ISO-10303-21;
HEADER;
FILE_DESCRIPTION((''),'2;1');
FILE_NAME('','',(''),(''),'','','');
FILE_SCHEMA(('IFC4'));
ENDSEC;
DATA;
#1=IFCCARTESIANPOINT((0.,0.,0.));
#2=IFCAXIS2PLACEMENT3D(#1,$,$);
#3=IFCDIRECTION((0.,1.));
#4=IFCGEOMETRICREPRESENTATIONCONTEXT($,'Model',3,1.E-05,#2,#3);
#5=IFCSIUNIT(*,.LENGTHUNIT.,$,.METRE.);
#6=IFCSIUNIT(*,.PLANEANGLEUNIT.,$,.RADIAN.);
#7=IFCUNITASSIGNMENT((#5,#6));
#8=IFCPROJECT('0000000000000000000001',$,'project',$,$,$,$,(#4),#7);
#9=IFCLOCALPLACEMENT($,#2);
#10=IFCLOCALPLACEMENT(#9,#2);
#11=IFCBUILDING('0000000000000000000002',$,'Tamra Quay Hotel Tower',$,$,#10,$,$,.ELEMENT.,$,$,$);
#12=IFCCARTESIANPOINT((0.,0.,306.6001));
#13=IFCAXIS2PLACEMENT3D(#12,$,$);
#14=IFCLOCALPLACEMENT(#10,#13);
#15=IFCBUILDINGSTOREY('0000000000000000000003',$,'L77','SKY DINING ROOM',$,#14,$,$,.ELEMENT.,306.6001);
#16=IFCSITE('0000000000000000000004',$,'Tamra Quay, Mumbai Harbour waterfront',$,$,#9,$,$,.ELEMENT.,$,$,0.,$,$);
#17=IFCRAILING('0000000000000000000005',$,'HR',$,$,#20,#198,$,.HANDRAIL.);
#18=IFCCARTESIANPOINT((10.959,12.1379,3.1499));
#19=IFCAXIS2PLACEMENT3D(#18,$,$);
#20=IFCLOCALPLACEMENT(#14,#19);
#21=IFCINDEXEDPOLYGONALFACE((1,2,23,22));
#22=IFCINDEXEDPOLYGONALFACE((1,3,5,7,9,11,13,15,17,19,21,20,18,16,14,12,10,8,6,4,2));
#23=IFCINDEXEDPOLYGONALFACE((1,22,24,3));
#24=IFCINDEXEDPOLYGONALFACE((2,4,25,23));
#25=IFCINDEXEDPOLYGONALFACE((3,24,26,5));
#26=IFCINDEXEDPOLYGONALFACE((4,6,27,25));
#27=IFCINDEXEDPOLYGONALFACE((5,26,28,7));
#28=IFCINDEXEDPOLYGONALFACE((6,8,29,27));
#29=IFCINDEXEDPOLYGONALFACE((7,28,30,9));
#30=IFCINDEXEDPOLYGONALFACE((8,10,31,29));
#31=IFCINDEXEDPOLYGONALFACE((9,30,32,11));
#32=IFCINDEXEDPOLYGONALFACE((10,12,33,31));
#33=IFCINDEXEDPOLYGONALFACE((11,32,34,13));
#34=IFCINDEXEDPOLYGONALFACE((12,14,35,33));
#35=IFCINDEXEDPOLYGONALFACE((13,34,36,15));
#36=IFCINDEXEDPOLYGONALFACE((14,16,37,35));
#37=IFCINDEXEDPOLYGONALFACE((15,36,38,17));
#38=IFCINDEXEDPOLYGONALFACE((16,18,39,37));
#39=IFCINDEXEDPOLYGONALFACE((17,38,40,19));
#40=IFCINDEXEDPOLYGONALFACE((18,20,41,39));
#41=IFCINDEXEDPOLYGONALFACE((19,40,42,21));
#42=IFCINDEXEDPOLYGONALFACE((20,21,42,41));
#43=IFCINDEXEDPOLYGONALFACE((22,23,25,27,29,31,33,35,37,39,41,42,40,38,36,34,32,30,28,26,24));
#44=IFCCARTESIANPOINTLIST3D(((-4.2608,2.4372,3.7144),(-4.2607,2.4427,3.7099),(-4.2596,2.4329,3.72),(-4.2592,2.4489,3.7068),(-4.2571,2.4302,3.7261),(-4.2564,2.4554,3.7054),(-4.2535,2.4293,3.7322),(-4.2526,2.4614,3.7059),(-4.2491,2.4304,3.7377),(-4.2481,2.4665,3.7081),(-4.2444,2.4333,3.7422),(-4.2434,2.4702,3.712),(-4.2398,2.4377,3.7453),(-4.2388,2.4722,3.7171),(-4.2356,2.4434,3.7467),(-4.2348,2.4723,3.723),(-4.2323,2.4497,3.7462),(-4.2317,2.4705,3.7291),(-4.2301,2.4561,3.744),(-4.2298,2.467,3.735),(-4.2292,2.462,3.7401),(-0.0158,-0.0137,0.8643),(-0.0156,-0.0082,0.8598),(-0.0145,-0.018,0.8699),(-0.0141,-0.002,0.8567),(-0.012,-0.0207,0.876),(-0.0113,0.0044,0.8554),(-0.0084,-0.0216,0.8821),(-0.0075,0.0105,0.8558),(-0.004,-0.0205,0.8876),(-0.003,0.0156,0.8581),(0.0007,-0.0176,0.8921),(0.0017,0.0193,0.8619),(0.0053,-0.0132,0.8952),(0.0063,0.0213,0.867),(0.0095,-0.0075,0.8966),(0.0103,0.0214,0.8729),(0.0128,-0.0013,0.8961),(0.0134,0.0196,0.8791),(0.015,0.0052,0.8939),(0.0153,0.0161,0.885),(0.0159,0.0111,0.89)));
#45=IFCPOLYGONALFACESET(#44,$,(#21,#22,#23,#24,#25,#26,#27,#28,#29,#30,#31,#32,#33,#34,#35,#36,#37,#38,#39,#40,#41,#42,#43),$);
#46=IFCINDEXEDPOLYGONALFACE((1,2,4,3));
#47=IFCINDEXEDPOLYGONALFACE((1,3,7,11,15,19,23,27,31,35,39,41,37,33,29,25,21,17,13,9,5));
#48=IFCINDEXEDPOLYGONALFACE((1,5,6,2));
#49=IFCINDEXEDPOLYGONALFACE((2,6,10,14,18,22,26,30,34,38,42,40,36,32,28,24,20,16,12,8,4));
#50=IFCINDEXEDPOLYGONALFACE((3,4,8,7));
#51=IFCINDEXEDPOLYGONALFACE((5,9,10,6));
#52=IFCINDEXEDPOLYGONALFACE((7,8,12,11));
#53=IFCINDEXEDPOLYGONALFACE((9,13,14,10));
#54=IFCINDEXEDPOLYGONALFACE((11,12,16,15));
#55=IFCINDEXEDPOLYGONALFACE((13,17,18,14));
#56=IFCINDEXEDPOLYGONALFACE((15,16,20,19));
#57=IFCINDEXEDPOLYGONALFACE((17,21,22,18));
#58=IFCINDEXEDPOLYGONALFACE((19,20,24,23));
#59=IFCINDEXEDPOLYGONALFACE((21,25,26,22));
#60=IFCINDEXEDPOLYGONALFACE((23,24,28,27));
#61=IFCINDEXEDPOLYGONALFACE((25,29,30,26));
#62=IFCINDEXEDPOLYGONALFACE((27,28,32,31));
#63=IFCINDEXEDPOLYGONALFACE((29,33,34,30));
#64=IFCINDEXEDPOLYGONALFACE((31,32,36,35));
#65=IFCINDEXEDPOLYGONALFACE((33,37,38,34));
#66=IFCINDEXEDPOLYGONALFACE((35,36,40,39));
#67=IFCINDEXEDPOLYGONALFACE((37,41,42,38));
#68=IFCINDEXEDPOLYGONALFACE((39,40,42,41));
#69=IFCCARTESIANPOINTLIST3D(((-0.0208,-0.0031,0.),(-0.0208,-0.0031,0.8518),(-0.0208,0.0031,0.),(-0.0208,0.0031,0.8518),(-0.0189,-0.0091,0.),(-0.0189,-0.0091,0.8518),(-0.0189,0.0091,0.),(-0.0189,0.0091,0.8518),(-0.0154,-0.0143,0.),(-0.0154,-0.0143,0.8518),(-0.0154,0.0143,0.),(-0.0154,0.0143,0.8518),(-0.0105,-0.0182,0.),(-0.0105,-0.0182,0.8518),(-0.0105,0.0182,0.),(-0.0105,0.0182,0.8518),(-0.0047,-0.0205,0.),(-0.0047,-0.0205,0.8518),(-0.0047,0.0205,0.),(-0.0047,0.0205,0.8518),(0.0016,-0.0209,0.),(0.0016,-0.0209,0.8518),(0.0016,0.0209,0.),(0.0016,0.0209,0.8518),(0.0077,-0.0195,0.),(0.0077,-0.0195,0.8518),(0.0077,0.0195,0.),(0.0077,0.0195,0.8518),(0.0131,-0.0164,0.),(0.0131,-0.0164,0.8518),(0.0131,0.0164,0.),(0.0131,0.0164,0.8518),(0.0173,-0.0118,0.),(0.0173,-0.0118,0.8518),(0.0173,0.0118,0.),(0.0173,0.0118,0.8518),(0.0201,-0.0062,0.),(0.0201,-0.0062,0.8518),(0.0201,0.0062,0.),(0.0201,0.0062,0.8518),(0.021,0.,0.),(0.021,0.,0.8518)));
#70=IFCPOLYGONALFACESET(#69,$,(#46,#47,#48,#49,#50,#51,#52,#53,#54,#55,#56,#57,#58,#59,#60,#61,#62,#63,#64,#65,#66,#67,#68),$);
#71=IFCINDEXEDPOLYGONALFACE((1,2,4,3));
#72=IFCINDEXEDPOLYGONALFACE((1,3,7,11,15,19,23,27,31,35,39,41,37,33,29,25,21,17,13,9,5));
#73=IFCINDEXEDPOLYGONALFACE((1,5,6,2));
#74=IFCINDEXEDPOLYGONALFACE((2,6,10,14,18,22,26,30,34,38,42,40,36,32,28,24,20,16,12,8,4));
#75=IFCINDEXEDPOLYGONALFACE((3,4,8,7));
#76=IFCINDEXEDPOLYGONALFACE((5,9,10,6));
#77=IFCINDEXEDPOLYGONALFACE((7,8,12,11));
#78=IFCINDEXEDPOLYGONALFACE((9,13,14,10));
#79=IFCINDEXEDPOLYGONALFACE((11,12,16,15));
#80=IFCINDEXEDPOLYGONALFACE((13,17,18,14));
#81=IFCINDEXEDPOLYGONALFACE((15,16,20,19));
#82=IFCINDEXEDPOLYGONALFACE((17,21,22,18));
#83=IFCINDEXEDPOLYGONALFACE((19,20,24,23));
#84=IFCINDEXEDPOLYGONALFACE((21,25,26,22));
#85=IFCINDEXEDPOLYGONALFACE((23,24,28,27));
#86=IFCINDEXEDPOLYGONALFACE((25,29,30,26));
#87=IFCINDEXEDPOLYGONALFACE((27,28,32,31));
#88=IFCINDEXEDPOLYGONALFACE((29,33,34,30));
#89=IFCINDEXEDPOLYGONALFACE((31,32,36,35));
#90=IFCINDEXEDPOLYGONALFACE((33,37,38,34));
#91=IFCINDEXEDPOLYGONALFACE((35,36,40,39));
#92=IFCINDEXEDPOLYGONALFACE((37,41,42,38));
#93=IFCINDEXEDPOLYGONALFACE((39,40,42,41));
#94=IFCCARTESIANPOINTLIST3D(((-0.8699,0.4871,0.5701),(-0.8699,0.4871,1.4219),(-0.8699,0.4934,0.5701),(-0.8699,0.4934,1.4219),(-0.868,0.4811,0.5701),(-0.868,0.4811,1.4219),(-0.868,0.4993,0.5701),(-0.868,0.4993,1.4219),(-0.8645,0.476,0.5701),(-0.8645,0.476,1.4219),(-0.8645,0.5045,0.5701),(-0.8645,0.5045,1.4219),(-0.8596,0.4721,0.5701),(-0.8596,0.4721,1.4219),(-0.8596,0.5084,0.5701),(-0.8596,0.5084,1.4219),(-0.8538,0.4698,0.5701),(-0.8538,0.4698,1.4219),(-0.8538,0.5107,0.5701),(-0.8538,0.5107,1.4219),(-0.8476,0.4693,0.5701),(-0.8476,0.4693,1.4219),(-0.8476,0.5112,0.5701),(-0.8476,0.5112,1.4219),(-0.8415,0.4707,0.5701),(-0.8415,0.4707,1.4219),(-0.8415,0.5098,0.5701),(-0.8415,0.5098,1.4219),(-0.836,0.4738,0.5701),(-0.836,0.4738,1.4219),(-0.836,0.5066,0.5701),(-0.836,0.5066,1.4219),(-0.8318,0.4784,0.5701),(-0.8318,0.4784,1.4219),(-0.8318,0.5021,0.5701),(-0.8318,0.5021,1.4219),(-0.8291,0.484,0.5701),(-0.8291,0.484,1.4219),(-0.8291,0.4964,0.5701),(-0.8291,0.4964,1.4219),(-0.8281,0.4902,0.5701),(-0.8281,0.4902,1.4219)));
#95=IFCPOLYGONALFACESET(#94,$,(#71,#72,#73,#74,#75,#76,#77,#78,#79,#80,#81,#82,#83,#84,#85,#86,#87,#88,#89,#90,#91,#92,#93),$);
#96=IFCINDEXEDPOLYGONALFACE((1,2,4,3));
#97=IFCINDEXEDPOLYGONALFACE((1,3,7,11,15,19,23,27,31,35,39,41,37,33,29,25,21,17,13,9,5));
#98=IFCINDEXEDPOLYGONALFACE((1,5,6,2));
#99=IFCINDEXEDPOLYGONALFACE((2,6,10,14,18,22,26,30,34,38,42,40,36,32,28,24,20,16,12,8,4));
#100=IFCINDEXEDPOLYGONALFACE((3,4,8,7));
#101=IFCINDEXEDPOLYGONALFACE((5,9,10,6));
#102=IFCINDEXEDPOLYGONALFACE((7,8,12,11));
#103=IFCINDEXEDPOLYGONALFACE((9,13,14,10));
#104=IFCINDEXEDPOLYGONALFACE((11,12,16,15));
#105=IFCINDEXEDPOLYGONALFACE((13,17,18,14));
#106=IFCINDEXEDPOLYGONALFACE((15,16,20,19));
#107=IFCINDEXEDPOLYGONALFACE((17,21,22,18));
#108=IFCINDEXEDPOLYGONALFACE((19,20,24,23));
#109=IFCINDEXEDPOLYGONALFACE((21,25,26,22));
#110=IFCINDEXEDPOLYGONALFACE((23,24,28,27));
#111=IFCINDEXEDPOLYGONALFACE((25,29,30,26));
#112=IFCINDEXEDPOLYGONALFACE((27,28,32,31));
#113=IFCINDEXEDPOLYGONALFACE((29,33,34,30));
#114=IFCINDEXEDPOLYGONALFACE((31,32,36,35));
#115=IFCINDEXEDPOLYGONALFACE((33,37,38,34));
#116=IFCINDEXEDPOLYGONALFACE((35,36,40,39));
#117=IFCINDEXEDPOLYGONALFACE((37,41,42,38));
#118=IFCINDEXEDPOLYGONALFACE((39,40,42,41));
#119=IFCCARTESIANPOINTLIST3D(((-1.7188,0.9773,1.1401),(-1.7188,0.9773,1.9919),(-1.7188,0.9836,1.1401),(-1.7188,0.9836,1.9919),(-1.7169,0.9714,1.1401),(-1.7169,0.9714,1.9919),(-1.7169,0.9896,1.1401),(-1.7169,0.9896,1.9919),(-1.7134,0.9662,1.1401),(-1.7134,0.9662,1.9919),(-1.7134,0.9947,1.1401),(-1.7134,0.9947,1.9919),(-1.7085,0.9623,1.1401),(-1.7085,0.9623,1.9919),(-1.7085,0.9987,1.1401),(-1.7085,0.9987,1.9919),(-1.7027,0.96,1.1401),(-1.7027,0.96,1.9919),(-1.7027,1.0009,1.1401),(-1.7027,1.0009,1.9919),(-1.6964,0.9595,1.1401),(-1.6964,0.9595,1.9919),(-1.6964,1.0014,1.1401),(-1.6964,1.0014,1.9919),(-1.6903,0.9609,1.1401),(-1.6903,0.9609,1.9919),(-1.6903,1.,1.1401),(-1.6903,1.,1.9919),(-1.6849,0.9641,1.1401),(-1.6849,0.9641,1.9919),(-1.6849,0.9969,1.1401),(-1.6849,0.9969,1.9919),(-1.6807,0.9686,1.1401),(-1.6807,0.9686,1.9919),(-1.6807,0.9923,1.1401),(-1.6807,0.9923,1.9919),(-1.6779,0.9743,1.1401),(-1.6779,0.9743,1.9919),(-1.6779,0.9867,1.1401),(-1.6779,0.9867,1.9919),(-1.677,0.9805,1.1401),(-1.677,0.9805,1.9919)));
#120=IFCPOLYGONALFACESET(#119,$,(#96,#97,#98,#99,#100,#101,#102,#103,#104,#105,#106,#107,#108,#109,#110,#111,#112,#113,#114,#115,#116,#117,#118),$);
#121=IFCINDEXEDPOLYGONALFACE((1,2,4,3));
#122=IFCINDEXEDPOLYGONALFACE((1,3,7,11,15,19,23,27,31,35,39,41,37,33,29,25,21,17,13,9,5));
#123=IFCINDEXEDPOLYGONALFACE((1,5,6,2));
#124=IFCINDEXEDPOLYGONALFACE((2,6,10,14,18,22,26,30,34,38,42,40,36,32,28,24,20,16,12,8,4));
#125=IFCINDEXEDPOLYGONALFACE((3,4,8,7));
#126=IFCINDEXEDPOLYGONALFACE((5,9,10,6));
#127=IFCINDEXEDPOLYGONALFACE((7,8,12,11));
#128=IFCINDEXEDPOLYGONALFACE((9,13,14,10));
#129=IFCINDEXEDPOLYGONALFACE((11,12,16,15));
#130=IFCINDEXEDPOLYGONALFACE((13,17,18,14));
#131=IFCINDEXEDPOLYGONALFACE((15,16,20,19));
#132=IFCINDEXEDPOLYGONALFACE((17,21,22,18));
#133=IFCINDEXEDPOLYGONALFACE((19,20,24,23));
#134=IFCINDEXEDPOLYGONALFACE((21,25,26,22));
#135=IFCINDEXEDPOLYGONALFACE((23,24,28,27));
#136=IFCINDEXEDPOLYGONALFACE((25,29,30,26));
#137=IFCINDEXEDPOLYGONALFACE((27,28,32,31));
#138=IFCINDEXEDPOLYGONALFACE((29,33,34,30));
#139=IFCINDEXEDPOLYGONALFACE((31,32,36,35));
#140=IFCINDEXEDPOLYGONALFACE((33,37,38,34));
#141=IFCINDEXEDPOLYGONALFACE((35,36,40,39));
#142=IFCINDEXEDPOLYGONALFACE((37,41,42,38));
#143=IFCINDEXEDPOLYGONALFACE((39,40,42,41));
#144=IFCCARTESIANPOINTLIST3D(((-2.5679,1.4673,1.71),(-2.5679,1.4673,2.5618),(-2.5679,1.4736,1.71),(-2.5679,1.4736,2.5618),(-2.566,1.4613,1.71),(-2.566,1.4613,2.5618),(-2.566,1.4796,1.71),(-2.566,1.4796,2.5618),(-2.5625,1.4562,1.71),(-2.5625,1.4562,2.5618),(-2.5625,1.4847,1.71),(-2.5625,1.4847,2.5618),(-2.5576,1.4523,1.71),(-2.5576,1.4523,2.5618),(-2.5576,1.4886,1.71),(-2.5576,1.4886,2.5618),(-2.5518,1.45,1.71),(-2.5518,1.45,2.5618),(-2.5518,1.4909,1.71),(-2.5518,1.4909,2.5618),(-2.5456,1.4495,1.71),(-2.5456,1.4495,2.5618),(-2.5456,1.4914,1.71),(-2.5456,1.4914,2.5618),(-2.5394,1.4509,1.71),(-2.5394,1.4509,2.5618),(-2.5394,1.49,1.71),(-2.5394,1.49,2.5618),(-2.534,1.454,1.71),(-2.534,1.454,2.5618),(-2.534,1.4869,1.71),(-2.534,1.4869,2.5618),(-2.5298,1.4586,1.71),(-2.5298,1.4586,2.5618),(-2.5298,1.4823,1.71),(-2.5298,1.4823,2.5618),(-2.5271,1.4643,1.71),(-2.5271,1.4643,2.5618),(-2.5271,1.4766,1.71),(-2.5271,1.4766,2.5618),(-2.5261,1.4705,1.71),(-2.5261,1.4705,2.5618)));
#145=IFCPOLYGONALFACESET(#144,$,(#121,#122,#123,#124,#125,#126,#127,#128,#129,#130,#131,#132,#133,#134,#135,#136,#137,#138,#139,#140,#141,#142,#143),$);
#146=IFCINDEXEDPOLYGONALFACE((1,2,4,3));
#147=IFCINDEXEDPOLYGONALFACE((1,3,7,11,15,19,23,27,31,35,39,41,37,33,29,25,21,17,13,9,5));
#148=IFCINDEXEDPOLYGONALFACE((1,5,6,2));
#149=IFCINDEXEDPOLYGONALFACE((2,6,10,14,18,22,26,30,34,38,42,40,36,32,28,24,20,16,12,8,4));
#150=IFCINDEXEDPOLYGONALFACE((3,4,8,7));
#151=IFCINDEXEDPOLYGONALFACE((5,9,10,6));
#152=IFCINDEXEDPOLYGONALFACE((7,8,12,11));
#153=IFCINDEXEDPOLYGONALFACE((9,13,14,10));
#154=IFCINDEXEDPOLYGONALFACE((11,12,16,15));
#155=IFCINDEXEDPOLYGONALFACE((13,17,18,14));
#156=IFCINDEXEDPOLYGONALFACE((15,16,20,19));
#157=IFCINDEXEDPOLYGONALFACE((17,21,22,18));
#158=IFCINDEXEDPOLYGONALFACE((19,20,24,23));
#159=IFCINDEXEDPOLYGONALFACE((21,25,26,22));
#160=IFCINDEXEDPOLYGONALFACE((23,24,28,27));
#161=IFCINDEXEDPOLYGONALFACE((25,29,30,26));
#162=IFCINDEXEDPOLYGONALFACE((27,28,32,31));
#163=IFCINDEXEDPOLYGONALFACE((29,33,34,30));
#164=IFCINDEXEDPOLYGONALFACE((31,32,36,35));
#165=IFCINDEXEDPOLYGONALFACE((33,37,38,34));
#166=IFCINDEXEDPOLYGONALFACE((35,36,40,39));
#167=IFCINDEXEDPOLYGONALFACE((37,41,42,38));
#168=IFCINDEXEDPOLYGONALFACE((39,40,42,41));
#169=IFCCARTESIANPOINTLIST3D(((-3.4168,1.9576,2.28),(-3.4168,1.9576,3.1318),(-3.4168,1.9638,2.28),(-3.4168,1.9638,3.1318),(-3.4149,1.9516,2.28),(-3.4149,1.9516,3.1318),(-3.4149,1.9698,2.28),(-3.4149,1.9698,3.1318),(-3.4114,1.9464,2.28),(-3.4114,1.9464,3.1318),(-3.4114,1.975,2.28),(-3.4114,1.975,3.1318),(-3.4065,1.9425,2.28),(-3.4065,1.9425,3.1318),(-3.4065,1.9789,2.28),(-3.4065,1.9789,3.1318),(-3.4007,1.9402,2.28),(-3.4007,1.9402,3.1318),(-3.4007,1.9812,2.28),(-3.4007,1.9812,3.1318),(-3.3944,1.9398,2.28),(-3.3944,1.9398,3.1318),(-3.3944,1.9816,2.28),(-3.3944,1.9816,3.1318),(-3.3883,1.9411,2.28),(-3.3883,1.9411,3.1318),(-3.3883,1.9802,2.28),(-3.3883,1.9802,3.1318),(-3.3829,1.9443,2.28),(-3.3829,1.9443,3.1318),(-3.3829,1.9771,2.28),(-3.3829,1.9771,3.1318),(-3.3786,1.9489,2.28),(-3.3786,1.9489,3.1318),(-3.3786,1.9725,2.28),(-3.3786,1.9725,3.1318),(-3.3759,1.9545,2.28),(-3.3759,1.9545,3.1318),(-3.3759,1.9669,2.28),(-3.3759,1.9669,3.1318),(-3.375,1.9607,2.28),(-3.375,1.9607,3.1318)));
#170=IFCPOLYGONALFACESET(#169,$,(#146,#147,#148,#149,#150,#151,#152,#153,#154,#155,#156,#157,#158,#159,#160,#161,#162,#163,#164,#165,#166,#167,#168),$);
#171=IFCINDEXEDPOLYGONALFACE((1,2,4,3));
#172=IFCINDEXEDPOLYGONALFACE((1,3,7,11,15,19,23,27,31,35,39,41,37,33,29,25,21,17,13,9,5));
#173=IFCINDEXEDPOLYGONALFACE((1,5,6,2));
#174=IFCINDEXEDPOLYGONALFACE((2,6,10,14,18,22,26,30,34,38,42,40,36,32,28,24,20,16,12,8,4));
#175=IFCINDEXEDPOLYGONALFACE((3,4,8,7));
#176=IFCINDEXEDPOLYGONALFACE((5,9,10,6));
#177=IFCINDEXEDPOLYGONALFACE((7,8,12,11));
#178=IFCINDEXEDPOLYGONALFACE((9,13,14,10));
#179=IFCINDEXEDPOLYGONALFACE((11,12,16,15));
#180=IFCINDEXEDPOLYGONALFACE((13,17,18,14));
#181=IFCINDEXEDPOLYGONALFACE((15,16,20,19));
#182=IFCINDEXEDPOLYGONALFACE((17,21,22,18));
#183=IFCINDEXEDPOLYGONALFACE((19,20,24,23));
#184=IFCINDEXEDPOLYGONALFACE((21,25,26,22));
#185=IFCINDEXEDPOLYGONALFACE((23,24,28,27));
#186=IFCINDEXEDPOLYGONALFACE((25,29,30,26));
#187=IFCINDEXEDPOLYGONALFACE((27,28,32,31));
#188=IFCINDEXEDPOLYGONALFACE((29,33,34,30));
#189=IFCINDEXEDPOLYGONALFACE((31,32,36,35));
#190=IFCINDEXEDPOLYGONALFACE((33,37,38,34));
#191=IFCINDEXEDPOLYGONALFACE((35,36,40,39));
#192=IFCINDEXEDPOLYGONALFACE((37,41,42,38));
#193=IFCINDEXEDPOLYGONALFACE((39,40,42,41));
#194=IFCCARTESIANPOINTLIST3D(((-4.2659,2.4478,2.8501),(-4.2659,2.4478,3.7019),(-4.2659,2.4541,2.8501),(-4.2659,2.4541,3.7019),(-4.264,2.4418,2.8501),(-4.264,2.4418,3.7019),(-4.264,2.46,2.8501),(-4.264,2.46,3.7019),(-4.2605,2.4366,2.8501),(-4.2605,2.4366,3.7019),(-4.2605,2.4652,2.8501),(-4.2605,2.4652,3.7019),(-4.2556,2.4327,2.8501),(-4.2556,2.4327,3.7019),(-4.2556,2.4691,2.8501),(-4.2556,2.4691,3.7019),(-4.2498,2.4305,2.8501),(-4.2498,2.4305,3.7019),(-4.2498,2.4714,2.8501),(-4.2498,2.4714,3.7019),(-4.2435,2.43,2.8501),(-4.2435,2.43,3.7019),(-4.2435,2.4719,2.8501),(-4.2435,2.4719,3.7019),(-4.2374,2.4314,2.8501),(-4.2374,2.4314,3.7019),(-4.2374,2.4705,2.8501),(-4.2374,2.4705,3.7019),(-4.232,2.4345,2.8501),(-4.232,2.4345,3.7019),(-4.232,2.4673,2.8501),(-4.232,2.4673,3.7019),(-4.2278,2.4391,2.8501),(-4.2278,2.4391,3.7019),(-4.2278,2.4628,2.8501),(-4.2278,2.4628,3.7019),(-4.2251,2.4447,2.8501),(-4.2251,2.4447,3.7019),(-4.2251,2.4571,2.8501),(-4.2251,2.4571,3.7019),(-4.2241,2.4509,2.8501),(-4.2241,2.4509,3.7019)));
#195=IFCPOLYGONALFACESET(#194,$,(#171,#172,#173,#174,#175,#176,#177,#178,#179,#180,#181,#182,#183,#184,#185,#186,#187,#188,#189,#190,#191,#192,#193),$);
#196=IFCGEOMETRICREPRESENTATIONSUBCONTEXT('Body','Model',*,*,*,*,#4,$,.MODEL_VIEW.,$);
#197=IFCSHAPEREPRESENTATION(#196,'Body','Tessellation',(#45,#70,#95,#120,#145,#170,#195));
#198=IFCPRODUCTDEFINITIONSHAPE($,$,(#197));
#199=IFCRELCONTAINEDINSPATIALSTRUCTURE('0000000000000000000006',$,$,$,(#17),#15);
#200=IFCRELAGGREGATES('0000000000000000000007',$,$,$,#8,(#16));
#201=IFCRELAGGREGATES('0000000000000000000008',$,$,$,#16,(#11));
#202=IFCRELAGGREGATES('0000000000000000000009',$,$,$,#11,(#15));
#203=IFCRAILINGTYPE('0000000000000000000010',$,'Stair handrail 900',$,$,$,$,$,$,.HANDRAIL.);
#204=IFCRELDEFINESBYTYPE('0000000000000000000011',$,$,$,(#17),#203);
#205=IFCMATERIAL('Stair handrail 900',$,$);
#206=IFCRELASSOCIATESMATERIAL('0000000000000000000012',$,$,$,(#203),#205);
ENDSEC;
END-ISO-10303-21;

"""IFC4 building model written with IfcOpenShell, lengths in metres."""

from ifc_helpers import new_model, si_unit, direction, frame, origin, origin_2d, place, context, subcontext, project, spatial, circle, extrude, material, type_object, element, save


model = new_model("IFC4")

# Units and contexts
model_context = context("Model", 3, precision=1e-05, world=origin(), true_north=direction((0.0, 1.0)))
body_context = subcontext(model_context, "Body", "Model", "MODEL_VIEW")
ifc_project = project(units=[si_unit("LENGTHUNIT", "METRE"), si_unit("PLANEANGLEUNIT", "RADIAN")], contexts=[model_context])

# Site, building, storey
site_placement = place(None, origin())
site = spatial("IfcSite", under=ifc_project, at=site_placement, Name="Tamra Quay, Mumbai Harbour waterfront", CompositionType="ELEMENT", RefElevation=0.0)
building_placement = place(site_placement, origin())
building = spatial("IfcBuilding", under=site, at=building_placement, Name="Tamra Quay Hotel Tower", CompositionType="ELEMENT")
storey_placement = place(building_placement, frame((0.0, 0.0, 306.6001)))
storey = spatial("IfcBuildingStorey", under=building, at=storey_placement, Name="L77", Description="SKY DINING ROOM", CompositionType="ELEMENT", Elevation=306.6001)

# Railing
ifc_material_1 = material(Name="Stair handrail 900")
railing_type_1 = type_object("IfcRailingType", Name="Stair handrail 900", PredefinedType="HANDRAIL", material=ifc_material_1)
railing_1_placement = place(storey_placement, frame((10.959, 12.1379, 3.1499)))
element("IfcRailing", 1, at=railing_1_placement, inside=storey, type_object=railing_type_1, Name="HR", PredefinedType="HANDRAIL", context=body_context, shape_type="SweptSolid", body=[
    extrude(circle(Radius=0.0239, at=origin_2d()), frame((0.0, 0.0, 0.876), z_axis=(-0.748672, 0.432247, 0.502645), x_axis=(-0.500001, -0.866025, 0.0)), (0.0, 0.0, 1.0), 5.6702),
    extrude(circle(Radius=0.021, at=origin_2d()), origin(), (0.0, 0.0, 1.0), 0.8518),
    extrude(circle(Radius=0.021, at=origin_2d()), frame((-0.8491, 0.4902, 0.5701)), (0.0, 0.0, 1.0), 0.8518),
    extrude(circle(Radius=0.021, at=origin_2d()), frame((-1.698, 0.9805, 1.1401)), (0.0, 0.0, 1.0), 0.8518),
    extrude(circle(Radius=0.021, at=origin_2d()), frame((-2.5471, 1.4705, 1.71)), (0.0, 0.0, 1.0), 0.8518),
    extrude(circle(Radius=0.021, at=origin_2d()), frame((-3.396, 1.9607, 2.28)), (0.0, 0.0, 1.0), 0.8518),
    extrude(circle(Radius=0.021, at=origin_2d()), frame((-4.2451, 2.4509, 2.8501)), (0.0, 0.0, 1.0), 0.8518),
])

save(model, "model.ifc")
